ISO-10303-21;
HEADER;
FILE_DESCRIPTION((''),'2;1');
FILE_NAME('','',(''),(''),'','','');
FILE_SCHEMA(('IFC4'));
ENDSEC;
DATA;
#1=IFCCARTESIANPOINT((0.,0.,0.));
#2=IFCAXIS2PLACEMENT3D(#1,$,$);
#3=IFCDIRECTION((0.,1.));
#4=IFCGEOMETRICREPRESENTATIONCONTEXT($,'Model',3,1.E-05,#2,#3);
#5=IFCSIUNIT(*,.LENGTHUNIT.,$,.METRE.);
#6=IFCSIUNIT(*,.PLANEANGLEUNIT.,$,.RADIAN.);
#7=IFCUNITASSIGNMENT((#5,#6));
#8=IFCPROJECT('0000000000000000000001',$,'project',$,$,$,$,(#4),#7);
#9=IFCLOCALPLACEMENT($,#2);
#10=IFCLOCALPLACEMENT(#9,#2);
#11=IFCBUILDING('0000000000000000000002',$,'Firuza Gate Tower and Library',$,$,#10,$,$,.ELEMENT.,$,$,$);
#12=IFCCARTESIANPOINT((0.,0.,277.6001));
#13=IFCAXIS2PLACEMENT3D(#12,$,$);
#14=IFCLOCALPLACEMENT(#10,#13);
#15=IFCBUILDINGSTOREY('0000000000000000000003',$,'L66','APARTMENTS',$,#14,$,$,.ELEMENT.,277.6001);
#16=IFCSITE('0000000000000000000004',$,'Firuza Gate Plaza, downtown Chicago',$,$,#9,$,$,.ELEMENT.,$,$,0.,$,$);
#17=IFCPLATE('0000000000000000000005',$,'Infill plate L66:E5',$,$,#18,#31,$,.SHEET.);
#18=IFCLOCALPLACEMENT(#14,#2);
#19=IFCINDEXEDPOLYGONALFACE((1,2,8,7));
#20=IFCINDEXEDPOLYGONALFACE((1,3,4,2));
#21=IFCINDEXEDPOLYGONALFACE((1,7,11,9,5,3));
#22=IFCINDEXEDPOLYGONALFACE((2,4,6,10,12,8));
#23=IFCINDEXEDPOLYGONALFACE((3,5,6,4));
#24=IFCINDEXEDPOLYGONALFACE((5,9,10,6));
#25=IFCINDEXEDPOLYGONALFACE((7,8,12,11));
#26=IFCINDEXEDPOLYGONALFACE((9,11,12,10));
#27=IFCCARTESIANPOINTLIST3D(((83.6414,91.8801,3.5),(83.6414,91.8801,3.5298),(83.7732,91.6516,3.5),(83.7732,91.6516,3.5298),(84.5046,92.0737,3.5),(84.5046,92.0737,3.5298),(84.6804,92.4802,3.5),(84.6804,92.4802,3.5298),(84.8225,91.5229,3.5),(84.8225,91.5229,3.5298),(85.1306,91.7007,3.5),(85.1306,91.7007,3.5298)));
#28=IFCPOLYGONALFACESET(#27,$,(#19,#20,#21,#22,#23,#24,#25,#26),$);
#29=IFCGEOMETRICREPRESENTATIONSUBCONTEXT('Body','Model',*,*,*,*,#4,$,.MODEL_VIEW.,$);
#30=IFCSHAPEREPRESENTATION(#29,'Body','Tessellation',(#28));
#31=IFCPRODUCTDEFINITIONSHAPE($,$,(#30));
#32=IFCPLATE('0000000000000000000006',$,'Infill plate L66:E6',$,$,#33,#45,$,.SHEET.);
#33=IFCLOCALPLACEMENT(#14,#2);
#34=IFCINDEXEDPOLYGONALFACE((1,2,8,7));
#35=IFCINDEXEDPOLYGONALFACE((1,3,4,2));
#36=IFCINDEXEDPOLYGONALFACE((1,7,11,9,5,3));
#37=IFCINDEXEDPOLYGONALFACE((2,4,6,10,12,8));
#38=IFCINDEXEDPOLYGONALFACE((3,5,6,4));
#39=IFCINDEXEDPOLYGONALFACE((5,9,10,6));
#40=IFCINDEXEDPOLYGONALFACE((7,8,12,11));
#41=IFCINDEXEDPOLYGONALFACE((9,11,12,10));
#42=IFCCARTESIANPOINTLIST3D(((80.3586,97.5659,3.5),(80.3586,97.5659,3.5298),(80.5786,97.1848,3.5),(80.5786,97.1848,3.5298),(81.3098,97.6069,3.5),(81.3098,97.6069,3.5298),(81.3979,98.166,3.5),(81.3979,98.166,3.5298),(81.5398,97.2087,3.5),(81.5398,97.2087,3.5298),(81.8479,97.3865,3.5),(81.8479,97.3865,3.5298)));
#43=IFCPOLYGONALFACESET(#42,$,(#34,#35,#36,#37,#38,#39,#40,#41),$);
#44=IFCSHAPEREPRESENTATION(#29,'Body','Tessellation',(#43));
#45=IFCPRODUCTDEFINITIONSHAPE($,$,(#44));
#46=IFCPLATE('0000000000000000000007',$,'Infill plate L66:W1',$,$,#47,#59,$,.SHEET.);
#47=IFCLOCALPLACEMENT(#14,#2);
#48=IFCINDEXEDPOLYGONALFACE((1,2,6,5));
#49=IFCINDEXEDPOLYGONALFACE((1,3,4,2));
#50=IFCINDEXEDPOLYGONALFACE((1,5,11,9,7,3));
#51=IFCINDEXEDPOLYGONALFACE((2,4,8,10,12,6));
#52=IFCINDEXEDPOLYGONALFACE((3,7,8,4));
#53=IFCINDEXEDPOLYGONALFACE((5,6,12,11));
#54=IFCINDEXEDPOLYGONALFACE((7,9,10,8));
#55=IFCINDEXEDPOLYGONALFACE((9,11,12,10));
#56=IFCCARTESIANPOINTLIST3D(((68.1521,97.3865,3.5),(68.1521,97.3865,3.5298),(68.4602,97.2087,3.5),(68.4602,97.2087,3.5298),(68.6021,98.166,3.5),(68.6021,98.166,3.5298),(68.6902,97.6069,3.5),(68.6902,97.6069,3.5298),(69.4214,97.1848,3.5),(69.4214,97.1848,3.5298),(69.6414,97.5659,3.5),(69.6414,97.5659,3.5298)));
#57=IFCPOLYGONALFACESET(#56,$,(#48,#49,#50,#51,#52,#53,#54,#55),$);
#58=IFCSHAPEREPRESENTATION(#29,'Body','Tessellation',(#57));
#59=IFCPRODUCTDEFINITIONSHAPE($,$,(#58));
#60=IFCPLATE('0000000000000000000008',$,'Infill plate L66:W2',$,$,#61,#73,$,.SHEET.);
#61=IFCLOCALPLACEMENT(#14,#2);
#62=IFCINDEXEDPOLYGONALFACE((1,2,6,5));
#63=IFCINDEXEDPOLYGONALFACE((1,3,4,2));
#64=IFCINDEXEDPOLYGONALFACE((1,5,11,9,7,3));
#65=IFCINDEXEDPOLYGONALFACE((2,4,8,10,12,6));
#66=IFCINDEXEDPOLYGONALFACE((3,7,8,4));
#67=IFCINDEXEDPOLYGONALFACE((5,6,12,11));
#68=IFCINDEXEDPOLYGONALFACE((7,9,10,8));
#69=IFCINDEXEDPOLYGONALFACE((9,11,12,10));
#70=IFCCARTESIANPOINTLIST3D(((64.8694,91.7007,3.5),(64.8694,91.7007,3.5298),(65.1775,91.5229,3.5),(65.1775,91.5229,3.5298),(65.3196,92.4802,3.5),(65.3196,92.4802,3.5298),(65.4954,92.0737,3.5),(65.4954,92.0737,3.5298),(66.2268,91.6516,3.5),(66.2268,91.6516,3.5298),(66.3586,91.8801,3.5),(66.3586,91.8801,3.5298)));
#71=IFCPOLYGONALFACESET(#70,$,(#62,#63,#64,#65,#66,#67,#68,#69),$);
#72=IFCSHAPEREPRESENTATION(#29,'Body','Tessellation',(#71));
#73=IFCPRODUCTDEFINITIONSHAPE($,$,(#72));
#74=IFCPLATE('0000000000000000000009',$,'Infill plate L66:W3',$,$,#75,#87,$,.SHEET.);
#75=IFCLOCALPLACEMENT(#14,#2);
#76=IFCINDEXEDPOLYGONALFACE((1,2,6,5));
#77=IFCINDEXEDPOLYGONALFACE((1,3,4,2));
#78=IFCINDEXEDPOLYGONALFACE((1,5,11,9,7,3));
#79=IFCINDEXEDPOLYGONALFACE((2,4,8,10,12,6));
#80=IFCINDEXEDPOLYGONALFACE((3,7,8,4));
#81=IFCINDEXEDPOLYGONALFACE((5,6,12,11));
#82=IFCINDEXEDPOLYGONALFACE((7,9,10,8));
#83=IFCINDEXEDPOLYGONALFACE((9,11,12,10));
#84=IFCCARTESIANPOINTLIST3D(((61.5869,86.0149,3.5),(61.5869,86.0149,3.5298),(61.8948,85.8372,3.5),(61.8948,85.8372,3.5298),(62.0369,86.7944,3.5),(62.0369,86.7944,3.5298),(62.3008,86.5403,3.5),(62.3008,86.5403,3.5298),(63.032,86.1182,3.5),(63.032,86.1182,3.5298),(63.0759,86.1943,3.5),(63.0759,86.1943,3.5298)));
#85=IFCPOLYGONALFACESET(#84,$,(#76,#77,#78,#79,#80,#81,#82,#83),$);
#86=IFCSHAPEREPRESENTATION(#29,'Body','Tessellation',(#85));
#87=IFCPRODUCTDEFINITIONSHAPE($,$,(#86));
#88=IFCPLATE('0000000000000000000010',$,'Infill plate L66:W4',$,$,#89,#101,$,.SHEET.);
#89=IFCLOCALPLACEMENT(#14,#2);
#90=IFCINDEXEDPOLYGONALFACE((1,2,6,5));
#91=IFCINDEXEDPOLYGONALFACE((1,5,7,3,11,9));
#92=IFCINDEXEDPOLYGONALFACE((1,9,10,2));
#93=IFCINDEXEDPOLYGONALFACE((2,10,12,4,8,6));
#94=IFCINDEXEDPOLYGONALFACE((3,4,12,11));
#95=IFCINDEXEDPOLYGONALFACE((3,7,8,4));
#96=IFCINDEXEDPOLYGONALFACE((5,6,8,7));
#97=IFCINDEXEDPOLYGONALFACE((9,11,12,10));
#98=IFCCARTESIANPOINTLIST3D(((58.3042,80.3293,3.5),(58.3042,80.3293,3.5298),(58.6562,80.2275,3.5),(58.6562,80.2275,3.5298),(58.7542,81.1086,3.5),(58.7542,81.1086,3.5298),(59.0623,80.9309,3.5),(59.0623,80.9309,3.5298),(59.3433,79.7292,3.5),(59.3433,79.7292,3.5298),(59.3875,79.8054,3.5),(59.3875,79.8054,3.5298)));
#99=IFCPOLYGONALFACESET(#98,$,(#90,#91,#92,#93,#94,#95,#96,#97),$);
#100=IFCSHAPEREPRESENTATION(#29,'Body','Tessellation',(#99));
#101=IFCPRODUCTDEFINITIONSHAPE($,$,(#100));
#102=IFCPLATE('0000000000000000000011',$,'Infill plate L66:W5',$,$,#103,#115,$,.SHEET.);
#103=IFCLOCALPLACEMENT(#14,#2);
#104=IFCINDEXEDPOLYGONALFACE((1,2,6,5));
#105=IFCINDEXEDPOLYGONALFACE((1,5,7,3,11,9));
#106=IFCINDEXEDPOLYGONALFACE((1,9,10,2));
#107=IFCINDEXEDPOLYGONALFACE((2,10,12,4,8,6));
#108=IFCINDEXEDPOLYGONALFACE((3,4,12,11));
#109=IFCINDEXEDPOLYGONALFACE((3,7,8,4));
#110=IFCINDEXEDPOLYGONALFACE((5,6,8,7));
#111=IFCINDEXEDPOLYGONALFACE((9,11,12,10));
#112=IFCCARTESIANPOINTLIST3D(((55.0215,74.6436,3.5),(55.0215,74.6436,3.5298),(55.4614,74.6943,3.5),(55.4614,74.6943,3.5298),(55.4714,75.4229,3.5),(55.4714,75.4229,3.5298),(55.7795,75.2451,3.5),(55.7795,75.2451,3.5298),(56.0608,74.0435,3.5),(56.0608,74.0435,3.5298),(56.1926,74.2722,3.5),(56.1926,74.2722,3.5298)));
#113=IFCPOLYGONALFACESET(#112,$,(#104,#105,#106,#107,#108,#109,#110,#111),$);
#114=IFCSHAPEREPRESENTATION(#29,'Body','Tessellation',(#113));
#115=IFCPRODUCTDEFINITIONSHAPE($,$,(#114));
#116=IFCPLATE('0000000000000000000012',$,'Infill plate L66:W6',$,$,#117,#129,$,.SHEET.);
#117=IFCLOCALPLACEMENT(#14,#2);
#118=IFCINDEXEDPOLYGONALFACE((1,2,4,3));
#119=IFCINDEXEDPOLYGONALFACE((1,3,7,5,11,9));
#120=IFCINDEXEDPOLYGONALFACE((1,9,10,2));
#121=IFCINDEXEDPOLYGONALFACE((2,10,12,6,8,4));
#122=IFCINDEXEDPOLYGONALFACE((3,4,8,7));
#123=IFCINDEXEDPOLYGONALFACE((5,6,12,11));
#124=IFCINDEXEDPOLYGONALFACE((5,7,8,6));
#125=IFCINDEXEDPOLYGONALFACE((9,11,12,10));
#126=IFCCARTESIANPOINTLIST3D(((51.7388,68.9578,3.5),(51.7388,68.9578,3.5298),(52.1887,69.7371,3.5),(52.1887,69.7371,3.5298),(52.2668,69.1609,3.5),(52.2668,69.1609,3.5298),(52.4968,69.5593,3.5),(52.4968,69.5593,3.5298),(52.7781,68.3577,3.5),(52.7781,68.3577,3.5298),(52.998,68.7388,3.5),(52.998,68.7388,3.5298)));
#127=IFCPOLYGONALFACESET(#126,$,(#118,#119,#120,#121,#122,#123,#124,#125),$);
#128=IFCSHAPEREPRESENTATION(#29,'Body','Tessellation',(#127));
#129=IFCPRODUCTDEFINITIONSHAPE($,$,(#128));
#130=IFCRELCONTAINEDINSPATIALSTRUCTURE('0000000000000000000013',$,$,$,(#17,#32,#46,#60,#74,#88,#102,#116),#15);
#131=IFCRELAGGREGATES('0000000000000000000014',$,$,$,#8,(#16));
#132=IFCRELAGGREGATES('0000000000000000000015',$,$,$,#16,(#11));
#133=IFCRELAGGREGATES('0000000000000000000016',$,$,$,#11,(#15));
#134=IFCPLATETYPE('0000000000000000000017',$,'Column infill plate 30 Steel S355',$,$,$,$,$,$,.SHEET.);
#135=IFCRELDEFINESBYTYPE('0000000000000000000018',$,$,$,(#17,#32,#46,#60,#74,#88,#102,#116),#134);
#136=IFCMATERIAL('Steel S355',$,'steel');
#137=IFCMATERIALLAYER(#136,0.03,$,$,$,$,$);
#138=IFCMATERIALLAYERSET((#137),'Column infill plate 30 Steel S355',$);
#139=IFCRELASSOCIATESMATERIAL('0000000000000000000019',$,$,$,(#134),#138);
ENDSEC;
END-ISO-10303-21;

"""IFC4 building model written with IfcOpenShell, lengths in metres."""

from ifc_helpers import new_model, si_unit, direction, frame, origin, place, context, subcontext, project, spatial, polyline, outline, extrude, material, layer, layer_set, type_object, element, save


model = new_model("IFC4")

# Units and contexts
model_context = context("Model", 3, precision=1e-05, world=origin(), true_north=direction((0.0, 1.0)))
body_context = subcontext(model_context, "Body", "Model", "MODEL_VIEW")
ifc_project = project(units=[si_unit("LENGTHUNIT", "METRE"), si_unit("PLANEANGLEUNIT", "RADIAN")], contexts=[model_context])

# Site, building, storey
site_placement = place(None, origin())
site = spatial("IfcSite", under=ifc_project, at=site_placement, Name="Firuza Gate Plaza, downtown Chicago", CompositionType="ELEMENT", RefElevation=0.0)
building_placement = place(site_placement, origin())
building = spatial("IfcBuilding", under=site, at=building_placement, Name="Firuza Gate Tower and Library", CompositionType="ELEMENT")
storey_placement = place(building_placement, frame((0.0, 0.0, 277.6001)))
storey = spatial("IfcBuildingStorey", under=building, at=storey_placement, Name="L66", Description="APARTMENTS", CompositionType="ELEMENT", Elevation=277.6001)

# Plates
ifc_material_1 = material(Name="Steel S355", Category="steel")
ifc_layer_1 = layer(ifc_material_1, 0.03)
ifc_layer_set_1 = layer_set([ifc_layer_1], Name="Column infill plate 30 Steel S355")
plate_type_1 = type_object("IfcPlateType", Name="Column infill plate 30 Steel S355", PredefinedType="SHEET", material=ifc_layer_set_1)
placement_1 = place(storey_placement, frame((0.0, 0.0, 3.5)))
element("IfcPlate", 1, at=placement_1, inside=storey, type_object=plate_type_1, Name="Infill plate L66:E5", PredefinedType="SHEET", context=body_context, shape_type="SweptSolid", body=[
    extrude(outline(polyline([(83.6414, 91.8801), (83.7732, 91.6516), (84.5046, 92.0737), (84.8225, 91.5229), (85.1306, 91.7007), (84.6804, 92.4802), (83.6414, 91.8801)])), origin(), (0.0, 0.0, 1.0), 0.0298),
])
element("IfcPlate", 2, at=placement_1, inside=storey, type_object=plate_type_1, Name="Infill plate L66:E6", PredefinedType="SHEET", context=body_context, shape_type="SweptSolid", body=[
    extrude(outline(polyline([(80.3586, 97.5659), (80.5786, 97.1848), (81.3098, 97.6069), (81.5398, 97.2087), (81.8479, 97.3865), (81.3979, 98.166), (80.3586, 97.5659)])), origin(), (0.0, 0.0, 1.0), 0.0298),
])
element("IfcPlate", 3, at=placement_1, inside=storey, type_object=plate_type_1, Name="Infill plate L66:W1", PredefinedType="SHEET", context=body_context, shape_type="SweptSolid", body=[
    extrude(outline(polyline([(68.1521, 97.3865), (68.4602, 97.2087), (68.6902, 97.6069), (69.4214, 97.1848), (69.6414, 97.5659), (68.6021, 98.166), (68.1521, 97.3865)])), origin(), (0.0, 0.0, 1.0), 0.0298),
])
element("IfcPlate", 4, at=placement_1, inside=storey, type_object=plate_type_1, Name="Infill plate L66:W2", PredefinedType="SHEET", context=body_context, shape_type="SweptSolid", body=[
    extrude(outline(polyline([(64.8694, 91.7007), (65.1775, 91.5229), (65.4954, 92.0737), (66.2268, 91.6516), (66.3586, 91.8801), (65.3196, 92.4802), (64.8694, 91.7007)])), origin(), (0.0, 0.0, 1.0), 0.0298),
])
element("IfcPlate", 5, at=placement_1, inside=storey, type_object=plate_type_1, Name="Infill plate L66:W3", PredefinedType="SHEET", context=body_context, shape_type="SweptSolid", body=[
    extrude(outline(polyline([(61.5869, 86.0149), (61.8948, 85.8372), (62.3008, 86.5403), (63.032, 86.1182), (63.0759, 86.1943), (62.0369, 86.7944), (61.5869, 86.0149)])), origin(), (0.0, 0.0, 1.0), 0.0298),
])
element("IfcPlate", 6, at=placement_1, inside=storey, type_object=plate_type_1, Name="Infill plate L66:W4", PredefinedType="SHEET", context=body_context, shape_type="SweptSolid", body=[
    extrude(outline(polyline([(59.3433, 79.7292), (59.3875, 79.8054), (58.6562, 80.2275), (59.0623, 80.9309), (58.7542, 81.1086), (58.3042, 80.3293), (59.3433, 79.7292)])), origin(), (0.0, 0.0, 1.0), 0.0298),
])
element("IfcPlate", 7, at=placement_1, inside=storey, type_object=plate_type_1, Name="Infill plate L66:W5", PredefinedType="SHEET", context=body_context, shape_type="SweptSolid", body=[
    extrude(outline(polyline([(56.0608, 74.0435), (56.1926, 74.2722), (55.4614, 74.6943), (55.7795, 75.2451), (55.4714, 75.4229), (55.0215, 74.6436), (56.0608, 74.0435)])), origin(), (0.0, 0.0, 1.0), 0.0298),
])
element("IfcPlate", 8, at=placement_1, inside=storey, type_object=plate_type_1, Name="Infill plate L66:W6", PredefinedType="SHEET", context=body_context, shape_type="SweptSolid", body=[
    extrude(outline(polyline([(52.7781, 68.3577), (52.998, 68.7388), (52.2668, 69.1609), (52.4968, 69.5593), (52.1887, 69.7371), (51.7388, 68.9578), (52.7781, 68.3577)])), origin(), (0.0, 0.0, 1.0), 0.0298),
])

save(model, "model.ifc")
